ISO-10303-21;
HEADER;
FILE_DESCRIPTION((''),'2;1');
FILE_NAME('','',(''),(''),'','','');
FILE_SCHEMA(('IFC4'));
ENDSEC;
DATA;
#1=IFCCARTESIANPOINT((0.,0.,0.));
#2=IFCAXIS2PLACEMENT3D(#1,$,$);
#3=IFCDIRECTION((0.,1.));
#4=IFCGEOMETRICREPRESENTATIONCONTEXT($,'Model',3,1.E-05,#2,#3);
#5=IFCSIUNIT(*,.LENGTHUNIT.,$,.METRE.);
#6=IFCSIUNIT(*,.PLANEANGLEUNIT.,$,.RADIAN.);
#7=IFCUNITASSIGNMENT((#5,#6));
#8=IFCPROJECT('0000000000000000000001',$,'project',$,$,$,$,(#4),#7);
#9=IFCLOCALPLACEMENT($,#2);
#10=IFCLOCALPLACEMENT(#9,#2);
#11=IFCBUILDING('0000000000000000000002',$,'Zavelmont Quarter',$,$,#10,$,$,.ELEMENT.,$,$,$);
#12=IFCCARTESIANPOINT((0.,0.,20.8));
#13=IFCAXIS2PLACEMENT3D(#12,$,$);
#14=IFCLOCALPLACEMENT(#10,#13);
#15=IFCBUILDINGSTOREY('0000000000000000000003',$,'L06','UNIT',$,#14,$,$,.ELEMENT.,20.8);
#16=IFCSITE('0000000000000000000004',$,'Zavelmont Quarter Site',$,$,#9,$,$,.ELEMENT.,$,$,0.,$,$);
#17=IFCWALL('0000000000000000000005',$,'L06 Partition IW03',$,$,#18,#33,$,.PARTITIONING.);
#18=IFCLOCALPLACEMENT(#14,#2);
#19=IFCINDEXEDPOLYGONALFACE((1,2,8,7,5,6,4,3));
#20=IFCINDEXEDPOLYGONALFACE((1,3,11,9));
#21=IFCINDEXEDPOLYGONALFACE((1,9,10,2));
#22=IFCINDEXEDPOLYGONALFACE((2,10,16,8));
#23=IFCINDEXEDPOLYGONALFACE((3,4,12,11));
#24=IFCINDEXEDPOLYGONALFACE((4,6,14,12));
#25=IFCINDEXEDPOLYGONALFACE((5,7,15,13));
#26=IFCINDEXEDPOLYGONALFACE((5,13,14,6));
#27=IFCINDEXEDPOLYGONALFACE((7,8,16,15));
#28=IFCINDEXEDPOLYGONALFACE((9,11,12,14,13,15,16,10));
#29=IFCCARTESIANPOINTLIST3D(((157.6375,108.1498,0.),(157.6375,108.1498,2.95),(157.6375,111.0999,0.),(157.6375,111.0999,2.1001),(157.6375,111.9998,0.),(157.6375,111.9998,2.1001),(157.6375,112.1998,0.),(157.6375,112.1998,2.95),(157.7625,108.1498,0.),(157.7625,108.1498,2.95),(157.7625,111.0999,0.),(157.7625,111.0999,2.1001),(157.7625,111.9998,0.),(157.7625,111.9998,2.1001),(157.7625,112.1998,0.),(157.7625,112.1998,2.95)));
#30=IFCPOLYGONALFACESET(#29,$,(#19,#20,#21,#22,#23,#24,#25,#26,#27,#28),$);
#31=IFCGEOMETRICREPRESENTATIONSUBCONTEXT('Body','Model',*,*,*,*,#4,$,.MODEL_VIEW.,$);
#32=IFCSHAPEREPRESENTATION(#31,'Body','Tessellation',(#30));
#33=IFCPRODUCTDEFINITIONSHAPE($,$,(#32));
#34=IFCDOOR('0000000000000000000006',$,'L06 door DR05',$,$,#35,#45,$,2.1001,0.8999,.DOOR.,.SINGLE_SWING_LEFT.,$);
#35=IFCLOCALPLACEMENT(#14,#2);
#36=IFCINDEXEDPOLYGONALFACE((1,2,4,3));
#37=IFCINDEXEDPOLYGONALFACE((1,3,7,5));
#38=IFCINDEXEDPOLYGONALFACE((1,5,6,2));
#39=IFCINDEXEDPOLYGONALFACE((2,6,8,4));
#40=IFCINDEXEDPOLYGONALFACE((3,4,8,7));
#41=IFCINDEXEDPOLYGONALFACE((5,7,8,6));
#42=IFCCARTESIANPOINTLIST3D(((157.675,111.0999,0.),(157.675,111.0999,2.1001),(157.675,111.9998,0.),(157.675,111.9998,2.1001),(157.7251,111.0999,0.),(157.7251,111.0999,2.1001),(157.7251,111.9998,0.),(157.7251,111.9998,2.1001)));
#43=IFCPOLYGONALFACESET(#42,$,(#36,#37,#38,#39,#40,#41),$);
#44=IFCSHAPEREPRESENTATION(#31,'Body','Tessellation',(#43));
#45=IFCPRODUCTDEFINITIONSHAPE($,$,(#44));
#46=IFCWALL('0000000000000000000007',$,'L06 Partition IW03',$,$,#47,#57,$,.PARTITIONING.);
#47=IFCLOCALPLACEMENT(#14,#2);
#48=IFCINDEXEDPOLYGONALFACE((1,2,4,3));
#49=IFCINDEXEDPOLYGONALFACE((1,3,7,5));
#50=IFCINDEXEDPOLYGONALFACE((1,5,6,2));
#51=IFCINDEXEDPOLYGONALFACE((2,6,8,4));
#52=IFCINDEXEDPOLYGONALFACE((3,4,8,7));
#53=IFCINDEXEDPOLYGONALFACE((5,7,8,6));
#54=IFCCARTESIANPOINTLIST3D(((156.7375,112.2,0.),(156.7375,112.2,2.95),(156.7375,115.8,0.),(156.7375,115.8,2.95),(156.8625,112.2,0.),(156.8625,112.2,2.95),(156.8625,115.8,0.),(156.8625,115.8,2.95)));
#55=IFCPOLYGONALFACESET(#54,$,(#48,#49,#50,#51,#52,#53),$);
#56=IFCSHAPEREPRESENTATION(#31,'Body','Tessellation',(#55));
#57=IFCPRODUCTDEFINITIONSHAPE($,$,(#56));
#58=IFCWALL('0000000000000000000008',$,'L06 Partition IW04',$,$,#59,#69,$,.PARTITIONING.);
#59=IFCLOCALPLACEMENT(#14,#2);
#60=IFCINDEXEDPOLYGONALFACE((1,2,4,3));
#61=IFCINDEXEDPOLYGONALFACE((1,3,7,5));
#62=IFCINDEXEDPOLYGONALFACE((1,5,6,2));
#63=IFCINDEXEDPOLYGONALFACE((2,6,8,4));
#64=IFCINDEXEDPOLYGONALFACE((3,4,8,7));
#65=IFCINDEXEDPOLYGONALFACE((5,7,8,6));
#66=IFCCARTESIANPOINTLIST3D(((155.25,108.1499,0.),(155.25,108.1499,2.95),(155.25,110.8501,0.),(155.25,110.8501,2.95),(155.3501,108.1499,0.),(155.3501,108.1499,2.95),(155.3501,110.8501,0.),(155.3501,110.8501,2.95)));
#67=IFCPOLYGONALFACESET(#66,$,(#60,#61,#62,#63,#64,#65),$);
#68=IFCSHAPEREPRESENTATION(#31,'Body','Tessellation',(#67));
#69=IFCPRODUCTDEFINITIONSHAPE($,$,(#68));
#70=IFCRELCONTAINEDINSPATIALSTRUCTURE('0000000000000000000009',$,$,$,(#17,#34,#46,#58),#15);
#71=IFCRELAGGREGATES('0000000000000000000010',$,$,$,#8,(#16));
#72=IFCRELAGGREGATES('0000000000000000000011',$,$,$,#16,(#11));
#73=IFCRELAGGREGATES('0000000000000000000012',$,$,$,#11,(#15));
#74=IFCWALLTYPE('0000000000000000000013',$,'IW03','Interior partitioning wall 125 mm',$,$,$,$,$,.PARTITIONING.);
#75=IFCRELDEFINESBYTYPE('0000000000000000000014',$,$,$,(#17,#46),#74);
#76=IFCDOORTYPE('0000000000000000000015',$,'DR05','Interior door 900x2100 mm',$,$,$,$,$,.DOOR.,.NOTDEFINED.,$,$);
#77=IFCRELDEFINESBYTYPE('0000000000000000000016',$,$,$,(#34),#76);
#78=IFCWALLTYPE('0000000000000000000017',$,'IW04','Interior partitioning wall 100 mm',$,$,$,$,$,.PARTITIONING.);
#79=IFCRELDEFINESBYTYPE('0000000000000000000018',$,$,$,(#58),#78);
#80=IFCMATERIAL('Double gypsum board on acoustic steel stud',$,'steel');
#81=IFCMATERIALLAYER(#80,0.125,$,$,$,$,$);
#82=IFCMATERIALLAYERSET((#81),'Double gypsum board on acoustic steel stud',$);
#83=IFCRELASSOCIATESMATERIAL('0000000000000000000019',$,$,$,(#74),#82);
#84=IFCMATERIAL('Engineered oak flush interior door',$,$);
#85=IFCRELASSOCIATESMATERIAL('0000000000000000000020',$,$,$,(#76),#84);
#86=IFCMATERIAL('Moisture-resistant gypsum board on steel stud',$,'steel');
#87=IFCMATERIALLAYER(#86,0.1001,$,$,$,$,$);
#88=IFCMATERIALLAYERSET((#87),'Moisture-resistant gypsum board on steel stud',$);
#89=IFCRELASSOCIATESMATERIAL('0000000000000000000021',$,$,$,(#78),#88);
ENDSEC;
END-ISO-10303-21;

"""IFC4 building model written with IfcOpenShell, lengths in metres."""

from ifc_helpers import new_model, si_unit, direction, frame, frame_2d, origin, origin_with_axes, place, context, subcontext, project, spatial, rectangle, extrude, material, layer, layer_set, type_object, element, fill, save


model = new_model("IFC4")

# Units and contexts
model_context = context("Model", 3, precision=1e-05, world=origin(), true_north=direction((0.0, 1.0)))
body_context = subcontext(model_context, "Body", "Model", "MODEL_VIEW")
ifc_project = project(units=[si_unit("LENGTHUNIT", "METRE"), si_unit("PLANEANGLEUNIT", "RADIAN")], contexts=[model_context])

# Site, building, storey
site_placement = place(None, origin())
site = spatial("IfcSite", under=ifc_project, at=site_placement, Name="Zavelmont Quarter Site", CompositionType="ELEMENT", RefElevation=0.0)
building_placement = place(site_placement, origin())
building = spatial("IfcBuilding", under=site, at=building_placement, Name="Zavelmont Quarter", CompositionType="ELEMENT")
storey_placement = place(building_placement, frame((0.0, 0.0, 20.8)))
storey = spatial("IfcBuildingStorey", under=building, at=storey_placement, Name="L06", Description="UNIT", CompositionType="ELEMENT", Elevation=20.8)

# Wall, opening, door
ifc_material_1 = material(Name="Double gypsum board on acoustic steel stud", Category="steel")
ifc_layer_1 = layer(ifc_material_1, 0.125)
ifc_layer_set_1 = layer_set([ifc_layer_1], Name="Double gypsum board on acoustic steel stud")
wall_type_1 = type_object("IfcWallType", Name="IW03", Description="Interior partitioning wall 125 mm", PredefinedType="PARTITIONING", material=ifc_layer_set_1)
wall_1_placement = place(storey_placement, frame((157.7, 108.1499, 0.0), z_axis=(0.0, 0.0, 1.0), x_axis=(0.0, 1.0, 0.0)))
wall_1 = element("IfcWall", 1, at=wall_1_placement, inside=storey, type_object=wall_type_1, Name="L06 Partition IW03", PredefinedType="PARTITIONING", context=body_context, shape_type="SweptSolid", body=[
    extrude(rectangle(XDim=4.05, YDim=0.125, at=frame_2d((2.0249, 0.0))), origin(), (0.0, 0.0, 1.0), 2.95),
])
opening_1_placement = place(wall_1_placement, frame((2.95, 0.0, 0.0)))
opening_1 = element("IfcOpeningElement", 2, at=opening_1_placement, cuts=wall_1, PredefinedType="OPENING", context=body_context, shape_type="SweptSolid", body=[
    extrude(rectangle(XDim=0.8999, YDim=2.1001, at=frame_2d((0.45, 1.05))), frame((0.0, 0.0745, 0.0), z_axis=(0.0, -1.0, 0.0), x_axis=(1.0, 0.0, 0.0)), (0.0, 0.0, 1.0), 0.1489),
])
ifc_material_2 = material(Name="Engineered oak flush interior door")
door_type_1 = type_object("IfcDoorType", Name="DR05", Description="Interior door 900x2100 mm", OperationType="NOTDEFINED", PredefinedType="DOOR", material=ifc_material_2)
door_1_placement = place(opening_1_placement, origin_with_axes())
door_1 = element("IfcDoor", 3, at=door_1_placement, inside=storey, type_object=door_type_1, Name="L06 door DR05", OperationType="SINGLE_SWING_LEFT", OverallHeight=2.1001, OverallWidth=0.8999, PredefinedType="DOOR", context=body_context, shape_type="SweptSolid", body=[
    extrude(rectangle(XDim=0.8999, YDim=2.1001, at=frame_2d((0.45, 1.05))), frame((0.0, 0.0249, 0.0), z_axis=(0.0, -1.0, 0.0), x_axis=(1.0, 0.0, 0.0)), (0.0, 0.0, 1.0), 0.05),
])
fill(opening_1, door_1)

# Walls
wall_2_placement = place(storey_placement, frame((156.8, 112.2, 0.0), z_axis=(0.0, 0.0, 1.0), x_axis=(0.0, 1.0, 0.0)))
element("IfcWall", 4, at=wall_2_placement, inside=storey, type_object=wall_type_1, Name="L06 Partition IW03", PredefinedType="PARTITIONING", context=body_context, shape_type="SweptSolid", body=[
    extrude(rectangle(XDim=3.6001, YDim=0.125, at=frame_2d((1.8, 0.0))), origin(), (0.0, 0.0, 1.0), 2.95),
])
ifc_material_3 = material(Name="Moisture-resistant gypsum board on steel stud", Category="steel")
ifc_layer_2 = layer(ifc_material_3, 0.1001)
ifc_layer_set_2 = layer_set([ifc_layer_2], Name="Moisture-resistant gypsum board on steel stud")
wall_type_2 = type_object("IfcWallType", Name="IW04", Description="Interior partitioning wall 100 mm", PredefinedType="PARTITIONING", material=ifc_layer_set_2)
wall_3_placement = place(storey_placement, frame((155.3, 108.1499, 0.0), z_axis=(0.0, 0.0, 1.0), x_axis=(0.0, 1.0, 0.0)))
element("IfcWall", 5, at=wall_3_placement, inside=storey, type_object=wall_type_2, Name="L06 Partition IW04", PredefinedType="PARTITIONING", context=body_context, shape_type="SweptSolid", body=[
    extrude(rectangle(XDim=2.7002, YDim=0.1001, at=frame_2d((1.3501, 0.0))), origin(), (0.0, 0.0, 1.0), 2.95),
])

save(model, "model.ifc")
